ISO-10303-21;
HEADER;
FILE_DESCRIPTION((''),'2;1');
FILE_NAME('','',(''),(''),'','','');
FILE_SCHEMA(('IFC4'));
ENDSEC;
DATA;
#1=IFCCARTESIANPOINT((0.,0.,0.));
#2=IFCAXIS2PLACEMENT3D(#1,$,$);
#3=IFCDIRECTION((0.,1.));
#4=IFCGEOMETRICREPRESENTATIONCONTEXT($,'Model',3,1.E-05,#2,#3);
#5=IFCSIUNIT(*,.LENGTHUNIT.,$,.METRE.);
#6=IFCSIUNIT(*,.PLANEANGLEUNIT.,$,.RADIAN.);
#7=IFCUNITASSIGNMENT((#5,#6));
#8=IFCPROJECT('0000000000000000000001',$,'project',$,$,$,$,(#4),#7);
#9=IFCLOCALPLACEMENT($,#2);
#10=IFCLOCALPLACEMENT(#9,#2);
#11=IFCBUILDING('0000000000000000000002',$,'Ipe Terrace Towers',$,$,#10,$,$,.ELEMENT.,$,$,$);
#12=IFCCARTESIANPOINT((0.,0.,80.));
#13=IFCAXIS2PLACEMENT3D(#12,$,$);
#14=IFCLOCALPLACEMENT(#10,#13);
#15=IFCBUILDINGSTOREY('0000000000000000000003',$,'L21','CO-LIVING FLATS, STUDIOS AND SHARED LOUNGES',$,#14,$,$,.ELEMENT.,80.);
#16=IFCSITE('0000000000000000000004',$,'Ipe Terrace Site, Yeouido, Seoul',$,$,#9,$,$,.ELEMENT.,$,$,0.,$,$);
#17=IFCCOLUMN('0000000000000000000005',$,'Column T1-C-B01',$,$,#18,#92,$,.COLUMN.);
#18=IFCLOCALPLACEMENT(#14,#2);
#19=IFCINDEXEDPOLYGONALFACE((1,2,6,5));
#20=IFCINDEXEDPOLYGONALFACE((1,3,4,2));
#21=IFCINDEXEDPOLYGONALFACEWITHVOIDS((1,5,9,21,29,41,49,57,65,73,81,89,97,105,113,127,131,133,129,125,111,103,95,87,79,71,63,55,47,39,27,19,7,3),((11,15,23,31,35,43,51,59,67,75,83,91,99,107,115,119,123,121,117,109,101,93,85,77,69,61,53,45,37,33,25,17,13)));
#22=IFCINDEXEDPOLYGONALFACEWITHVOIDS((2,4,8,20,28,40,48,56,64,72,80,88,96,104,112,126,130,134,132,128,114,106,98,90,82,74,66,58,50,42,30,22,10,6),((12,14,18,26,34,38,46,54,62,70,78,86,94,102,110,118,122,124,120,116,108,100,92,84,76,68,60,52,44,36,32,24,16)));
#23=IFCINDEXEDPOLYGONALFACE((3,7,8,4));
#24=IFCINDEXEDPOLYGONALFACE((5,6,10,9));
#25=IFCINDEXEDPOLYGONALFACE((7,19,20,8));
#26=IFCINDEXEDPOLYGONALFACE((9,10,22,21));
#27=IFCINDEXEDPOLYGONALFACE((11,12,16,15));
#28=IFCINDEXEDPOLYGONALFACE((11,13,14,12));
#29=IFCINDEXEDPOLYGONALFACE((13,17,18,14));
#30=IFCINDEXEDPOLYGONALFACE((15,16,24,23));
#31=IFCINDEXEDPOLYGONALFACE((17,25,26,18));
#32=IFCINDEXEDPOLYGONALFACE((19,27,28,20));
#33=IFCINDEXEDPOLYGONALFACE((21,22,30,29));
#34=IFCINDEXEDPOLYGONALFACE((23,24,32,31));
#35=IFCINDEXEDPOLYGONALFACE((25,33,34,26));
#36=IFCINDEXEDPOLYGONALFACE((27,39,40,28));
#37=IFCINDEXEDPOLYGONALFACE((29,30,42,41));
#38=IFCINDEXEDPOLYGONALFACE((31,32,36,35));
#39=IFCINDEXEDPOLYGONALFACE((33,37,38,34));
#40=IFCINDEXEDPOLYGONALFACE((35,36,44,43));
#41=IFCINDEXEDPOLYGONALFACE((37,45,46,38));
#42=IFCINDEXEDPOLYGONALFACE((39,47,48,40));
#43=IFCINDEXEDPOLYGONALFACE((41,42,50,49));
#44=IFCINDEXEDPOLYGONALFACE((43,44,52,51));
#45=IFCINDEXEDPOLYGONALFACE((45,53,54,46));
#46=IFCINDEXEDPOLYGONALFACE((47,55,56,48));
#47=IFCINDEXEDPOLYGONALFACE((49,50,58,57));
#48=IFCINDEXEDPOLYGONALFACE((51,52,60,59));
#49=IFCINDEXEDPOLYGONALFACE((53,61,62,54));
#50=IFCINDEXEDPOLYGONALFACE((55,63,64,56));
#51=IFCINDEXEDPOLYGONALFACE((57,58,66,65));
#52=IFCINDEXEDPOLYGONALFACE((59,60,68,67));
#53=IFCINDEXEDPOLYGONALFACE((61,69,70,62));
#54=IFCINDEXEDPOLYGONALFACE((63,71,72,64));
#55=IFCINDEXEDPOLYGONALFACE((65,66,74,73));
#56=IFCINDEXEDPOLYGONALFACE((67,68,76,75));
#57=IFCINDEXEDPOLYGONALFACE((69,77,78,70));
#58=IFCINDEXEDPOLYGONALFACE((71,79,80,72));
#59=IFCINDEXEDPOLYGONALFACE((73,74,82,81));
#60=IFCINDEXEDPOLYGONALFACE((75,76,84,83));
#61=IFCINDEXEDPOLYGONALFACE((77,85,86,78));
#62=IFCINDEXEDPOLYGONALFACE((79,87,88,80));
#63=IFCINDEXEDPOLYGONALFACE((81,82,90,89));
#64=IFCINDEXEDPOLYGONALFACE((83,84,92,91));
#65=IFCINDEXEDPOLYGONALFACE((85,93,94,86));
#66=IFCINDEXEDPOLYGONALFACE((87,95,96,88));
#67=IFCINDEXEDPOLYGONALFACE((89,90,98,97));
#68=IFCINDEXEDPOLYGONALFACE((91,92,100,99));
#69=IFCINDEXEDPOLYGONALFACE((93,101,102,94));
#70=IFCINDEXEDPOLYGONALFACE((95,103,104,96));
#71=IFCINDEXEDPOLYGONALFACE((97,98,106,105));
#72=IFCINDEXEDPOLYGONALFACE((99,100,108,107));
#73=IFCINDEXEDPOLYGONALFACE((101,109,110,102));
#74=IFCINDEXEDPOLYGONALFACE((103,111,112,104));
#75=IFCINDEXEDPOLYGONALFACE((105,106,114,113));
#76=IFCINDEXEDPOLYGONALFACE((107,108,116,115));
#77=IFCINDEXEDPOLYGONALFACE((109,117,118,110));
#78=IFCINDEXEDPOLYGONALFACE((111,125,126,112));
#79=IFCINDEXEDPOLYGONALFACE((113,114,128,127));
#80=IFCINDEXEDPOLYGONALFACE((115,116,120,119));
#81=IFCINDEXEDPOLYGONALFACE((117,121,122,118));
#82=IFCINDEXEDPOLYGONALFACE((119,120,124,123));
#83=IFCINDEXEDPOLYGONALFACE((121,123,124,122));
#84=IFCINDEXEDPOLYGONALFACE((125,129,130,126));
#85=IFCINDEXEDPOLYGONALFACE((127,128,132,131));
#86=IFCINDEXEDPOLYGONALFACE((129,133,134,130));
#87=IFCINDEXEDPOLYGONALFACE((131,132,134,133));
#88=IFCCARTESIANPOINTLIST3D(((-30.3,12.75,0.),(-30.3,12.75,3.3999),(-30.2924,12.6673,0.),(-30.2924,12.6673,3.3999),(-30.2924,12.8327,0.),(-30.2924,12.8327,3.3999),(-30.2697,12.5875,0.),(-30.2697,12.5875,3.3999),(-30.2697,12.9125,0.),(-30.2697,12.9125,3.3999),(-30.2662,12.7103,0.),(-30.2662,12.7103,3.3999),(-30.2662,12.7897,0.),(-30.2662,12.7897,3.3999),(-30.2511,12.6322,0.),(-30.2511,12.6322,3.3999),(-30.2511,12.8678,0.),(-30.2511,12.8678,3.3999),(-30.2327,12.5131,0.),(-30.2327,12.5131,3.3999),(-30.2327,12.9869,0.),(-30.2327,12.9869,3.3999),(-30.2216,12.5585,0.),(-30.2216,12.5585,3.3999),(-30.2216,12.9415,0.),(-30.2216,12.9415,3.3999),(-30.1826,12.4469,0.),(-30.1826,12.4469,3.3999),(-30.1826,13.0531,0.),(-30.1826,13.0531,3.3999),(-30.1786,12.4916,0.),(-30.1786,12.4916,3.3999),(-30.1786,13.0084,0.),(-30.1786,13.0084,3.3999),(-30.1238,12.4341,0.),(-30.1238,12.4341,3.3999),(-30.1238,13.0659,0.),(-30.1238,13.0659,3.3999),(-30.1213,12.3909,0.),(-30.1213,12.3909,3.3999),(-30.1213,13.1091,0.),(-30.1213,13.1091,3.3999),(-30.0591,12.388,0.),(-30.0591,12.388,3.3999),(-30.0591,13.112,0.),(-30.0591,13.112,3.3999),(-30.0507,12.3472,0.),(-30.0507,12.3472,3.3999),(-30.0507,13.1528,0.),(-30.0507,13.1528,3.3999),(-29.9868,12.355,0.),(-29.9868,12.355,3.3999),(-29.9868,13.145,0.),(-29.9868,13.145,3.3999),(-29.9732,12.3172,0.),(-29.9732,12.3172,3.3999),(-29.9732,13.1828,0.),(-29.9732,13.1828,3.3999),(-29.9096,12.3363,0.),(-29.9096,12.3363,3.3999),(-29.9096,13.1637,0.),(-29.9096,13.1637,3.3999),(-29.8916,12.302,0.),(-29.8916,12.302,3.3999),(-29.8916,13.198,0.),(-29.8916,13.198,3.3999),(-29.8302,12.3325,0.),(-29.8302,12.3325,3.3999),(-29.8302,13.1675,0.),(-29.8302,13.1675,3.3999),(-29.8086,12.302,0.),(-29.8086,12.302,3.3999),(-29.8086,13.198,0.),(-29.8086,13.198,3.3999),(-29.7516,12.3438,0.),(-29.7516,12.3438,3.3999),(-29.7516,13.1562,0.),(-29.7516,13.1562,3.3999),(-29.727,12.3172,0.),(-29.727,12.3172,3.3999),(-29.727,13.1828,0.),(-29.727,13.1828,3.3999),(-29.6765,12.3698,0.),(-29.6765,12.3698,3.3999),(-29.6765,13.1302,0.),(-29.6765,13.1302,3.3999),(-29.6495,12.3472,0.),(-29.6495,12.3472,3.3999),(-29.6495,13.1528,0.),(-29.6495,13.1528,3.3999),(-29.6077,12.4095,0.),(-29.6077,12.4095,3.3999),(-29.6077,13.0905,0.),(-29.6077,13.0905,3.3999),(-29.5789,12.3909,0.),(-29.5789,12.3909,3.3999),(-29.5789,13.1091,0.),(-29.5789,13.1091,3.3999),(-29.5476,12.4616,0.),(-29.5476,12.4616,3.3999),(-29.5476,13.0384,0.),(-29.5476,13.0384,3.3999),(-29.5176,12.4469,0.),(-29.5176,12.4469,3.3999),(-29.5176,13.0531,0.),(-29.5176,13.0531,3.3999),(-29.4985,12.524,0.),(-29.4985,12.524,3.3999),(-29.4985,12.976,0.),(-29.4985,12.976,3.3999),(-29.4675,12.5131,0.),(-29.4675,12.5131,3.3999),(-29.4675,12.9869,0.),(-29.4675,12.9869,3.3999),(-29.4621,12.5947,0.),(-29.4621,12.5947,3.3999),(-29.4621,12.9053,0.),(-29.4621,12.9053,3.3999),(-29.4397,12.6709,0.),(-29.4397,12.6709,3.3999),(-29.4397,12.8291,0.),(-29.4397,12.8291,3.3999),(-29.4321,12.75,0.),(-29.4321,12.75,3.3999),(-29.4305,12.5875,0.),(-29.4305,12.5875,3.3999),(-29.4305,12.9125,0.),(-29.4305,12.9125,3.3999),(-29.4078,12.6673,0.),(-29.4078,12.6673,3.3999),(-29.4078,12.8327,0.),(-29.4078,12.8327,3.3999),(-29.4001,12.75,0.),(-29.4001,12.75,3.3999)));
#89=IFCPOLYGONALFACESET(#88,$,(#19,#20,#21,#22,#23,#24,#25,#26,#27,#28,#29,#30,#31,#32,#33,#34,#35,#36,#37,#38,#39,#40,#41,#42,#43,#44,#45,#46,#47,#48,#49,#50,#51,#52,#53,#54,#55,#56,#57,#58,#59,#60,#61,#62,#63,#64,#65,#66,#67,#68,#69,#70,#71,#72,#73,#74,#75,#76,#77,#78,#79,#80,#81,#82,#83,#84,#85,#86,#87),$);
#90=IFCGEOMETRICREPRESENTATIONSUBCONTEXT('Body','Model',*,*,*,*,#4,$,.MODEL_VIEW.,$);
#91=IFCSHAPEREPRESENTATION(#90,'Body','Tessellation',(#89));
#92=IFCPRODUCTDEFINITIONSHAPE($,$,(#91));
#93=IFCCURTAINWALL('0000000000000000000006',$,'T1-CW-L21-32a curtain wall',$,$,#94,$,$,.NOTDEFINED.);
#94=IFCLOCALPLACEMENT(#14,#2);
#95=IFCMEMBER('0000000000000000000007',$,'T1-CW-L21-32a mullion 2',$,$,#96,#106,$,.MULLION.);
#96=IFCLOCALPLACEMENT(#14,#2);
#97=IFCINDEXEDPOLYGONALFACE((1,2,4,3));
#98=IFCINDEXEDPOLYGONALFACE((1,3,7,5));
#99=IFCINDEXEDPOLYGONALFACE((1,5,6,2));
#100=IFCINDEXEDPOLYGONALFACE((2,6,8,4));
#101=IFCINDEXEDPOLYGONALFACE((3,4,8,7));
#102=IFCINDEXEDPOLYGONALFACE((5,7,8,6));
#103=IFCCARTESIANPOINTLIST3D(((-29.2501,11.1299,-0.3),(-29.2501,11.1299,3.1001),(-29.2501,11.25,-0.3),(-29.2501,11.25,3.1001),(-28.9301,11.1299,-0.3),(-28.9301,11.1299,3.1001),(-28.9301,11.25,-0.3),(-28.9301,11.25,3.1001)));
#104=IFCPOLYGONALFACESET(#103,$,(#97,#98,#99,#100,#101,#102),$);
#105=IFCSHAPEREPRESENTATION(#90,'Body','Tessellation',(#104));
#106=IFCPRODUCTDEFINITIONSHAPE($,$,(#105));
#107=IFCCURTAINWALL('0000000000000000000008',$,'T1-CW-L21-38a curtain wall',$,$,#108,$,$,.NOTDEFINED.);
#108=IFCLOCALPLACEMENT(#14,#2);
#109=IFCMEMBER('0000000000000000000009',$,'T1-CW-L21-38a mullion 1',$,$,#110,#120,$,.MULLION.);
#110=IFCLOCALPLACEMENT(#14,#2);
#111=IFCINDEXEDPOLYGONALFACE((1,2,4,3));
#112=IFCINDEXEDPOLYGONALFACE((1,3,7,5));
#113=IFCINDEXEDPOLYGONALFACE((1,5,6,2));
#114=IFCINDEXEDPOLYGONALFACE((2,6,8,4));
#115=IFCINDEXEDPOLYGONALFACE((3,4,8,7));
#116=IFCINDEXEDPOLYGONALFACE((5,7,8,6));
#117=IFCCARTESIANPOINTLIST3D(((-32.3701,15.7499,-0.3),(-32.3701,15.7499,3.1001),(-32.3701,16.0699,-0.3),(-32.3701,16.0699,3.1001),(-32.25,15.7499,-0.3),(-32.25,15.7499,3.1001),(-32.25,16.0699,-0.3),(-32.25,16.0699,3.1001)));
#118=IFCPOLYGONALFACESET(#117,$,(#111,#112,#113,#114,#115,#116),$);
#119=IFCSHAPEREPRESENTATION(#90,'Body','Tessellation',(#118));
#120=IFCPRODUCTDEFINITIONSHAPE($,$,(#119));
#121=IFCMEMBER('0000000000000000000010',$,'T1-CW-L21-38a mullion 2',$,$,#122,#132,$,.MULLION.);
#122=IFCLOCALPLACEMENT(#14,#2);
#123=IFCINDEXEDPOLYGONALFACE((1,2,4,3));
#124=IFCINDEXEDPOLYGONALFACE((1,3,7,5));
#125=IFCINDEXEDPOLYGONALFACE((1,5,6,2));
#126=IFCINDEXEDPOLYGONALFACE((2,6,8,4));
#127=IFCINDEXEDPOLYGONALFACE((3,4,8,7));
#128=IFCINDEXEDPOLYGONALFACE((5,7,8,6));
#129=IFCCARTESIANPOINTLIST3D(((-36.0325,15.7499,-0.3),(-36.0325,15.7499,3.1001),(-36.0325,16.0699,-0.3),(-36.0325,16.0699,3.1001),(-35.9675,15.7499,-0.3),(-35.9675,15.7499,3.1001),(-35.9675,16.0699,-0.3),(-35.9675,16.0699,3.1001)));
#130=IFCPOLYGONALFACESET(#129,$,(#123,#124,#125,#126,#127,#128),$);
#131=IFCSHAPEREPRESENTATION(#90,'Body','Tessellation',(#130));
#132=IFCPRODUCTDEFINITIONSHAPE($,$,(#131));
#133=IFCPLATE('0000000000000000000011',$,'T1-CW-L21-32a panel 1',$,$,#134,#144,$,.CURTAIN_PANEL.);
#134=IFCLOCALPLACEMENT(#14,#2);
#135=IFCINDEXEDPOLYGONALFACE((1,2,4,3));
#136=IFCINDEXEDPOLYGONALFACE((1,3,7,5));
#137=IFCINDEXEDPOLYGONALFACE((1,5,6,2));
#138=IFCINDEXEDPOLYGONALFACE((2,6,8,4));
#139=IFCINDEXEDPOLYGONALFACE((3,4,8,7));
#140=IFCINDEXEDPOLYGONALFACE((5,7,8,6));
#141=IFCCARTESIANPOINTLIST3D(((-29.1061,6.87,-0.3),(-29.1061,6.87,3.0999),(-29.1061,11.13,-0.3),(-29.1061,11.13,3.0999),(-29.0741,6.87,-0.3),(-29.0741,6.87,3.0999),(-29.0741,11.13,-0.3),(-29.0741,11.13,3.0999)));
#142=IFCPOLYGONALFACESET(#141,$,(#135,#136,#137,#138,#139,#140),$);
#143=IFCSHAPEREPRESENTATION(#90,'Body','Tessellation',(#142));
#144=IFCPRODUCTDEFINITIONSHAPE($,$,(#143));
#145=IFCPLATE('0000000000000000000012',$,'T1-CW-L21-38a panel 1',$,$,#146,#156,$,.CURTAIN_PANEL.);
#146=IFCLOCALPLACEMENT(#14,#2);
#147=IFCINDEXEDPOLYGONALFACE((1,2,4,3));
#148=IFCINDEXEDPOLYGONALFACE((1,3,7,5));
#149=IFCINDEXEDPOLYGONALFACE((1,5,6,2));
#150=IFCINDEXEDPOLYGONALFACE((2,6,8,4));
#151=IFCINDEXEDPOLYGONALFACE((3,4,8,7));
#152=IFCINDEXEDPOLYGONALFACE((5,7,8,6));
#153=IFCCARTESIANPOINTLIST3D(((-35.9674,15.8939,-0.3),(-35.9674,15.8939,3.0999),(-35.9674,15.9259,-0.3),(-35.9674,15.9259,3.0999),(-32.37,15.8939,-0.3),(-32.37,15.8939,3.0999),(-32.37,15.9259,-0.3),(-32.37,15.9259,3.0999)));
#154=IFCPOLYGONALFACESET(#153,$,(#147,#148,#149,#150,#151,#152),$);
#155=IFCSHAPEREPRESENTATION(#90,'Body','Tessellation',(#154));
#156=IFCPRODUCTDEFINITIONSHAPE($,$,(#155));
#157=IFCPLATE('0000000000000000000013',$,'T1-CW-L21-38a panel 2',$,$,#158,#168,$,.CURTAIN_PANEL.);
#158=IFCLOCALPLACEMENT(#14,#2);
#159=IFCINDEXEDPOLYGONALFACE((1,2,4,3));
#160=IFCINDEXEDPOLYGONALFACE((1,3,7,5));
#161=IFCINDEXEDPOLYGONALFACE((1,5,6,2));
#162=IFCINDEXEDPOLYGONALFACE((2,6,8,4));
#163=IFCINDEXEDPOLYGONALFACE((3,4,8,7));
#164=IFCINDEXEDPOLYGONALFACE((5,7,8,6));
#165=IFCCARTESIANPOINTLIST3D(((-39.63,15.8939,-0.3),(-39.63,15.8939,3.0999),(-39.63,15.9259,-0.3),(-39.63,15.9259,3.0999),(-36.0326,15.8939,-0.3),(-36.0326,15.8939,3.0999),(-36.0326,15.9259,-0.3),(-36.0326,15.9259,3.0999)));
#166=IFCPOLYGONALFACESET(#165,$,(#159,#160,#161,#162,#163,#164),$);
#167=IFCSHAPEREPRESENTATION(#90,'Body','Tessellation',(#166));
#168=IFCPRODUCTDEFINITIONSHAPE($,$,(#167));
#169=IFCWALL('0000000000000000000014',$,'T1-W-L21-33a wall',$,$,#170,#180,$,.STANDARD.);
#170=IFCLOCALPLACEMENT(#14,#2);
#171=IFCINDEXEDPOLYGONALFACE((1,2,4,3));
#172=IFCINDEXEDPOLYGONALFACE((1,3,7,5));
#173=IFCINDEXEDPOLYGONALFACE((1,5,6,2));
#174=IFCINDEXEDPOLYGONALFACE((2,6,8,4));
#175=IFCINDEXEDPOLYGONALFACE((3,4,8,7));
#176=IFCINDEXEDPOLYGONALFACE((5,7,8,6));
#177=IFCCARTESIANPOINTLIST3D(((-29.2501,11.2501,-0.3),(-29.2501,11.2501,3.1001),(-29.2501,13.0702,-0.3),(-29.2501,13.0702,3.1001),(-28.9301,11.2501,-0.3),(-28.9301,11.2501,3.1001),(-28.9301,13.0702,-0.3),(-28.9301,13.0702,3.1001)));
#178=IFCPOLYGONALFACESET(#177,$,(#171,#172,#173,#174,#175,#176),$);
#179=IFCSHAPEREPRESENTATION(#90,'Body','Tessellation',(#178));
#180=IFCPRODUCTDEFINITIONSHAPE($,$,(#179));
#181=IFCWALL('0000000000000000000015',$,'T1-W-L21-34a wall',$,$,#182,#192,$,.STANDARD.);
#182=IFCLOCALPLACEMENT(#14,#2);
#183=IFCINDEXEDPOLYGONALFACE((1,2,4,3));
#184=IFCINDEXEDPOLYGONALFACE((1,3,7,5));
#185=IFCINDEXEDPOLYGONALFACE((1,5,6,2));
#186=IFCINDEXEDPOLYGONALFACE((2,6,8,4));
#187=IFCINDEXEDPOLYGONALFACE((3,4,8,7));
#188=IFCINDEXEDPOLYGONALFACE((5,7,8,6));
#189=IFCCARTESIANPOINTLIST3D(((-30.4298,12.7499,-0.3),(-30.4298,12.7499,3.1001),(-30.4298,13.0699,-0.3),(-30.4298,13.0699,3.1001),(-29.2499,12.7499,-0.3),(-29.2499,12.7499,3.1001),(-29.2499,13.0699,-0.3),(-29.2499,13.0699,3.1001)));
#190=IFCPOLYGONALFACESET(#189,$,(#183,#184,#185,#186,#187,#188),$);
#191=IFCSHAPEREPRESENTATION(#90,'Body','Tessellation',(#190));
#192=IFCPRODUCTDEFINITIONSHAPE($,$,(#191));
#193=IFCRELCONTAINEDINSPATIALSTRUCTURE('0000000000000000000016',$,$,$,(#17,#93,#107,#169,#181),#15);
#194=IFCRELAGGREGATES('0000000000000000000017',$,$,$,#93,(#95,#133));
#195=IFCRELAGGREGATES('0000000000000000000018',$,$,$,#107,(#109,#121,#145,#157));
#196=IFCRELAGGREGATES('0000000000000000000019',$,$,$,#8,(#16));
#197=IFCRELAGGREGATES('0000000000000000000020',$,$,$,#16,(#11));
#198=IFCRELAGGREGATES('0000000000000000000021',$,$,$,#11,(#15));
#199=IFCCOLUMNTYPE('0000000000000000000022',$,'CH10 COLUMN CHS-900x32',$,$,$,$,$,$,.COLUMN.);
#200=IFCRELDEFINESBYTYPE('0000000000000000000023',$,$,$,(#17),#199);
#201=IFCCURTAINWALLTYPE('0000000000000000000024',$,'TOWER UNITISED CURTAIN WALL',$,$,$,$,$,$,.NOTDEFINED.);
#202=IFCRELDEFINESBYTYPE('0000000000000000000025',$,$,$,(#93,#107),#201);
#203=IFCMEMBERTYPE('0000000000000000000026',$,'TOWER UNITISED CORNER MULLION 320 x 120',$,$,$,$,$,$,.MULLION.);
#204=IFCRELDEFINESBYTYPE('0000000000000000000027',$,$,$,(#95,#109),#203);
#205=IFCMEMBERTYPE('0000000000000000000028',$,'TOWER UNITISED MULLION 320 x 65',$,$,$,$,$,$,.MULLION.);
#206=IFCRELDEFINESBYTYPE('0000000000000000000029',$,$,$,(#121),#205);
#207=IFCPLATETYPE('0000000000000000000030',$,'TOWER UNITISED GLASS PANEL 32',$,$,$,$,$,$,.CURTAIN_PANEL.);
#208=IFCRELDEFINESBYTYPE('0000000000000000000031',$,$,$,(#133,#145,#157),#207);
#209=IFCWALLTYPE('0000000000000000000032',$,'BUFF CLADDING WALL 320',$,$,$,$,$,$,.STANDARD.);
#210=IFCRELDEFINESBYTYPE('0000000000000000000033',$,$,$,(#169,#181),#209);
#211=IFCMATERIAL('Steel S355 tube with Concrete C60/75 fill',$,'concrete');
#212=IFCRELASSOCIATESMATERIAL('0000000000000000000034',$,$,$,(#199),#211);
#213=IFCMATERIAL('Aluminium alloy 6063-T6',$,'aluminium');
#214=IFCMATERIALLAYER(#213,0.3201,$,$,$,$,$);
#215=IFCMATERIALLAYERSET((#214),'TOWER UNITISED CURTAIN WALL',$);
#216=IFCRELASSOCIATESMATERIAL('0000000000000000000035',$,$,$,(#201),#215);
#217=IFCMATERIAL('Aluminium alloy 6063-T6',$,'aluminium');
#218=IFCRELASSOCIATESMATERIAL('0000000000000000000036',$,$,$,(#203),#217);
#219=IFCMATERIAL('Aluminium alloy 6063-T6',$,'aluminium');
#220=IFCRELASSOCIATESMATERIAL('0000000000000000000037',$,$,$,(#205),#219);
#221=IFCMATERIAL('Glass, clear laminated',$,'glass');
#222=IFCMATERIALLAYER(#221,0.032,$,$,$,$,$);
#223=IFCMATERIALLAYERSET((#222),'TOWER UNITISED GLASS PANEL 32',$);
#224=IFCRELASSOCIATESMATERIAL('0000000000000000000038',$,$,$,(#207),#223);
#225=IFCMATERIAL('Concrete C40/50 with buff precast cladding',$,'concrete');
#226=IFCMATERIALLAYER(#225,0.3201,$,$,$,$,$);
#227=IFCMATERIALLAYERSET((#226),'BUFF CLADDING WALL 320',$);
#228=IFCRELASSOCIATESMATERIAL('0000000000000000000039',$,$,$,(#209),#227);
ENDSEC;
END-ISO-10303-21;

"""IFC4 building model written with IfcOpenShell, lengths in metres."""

from ifc_helpers import new_model, si_unit, direction, frame, frame_2d, origin, origin_2d, place, context, subcontext, project, spatial, rectangle, hollow_circle, extrude, material, layer, layer_set, material_profile, profile_set, type_object, element, aggregate, save


model = new_model("IFC4")

# Units and contexts
model_context = context("Model", 3, precision=1e-05, world=origin(), true_north=direction((0.0, 1.0)))
body_context = subcontext(model_context, "Body", "Model", "MODEL_VIEW")
ifc_project = project(units=[si_unit("LENGTHUNIT", "METRE"), si_unit("PLANEANGLEUNIT", "RADIAN")], contexts=[model_context])

# Site, building, storey
site_placement = place(None, origin())
site = spatial("IfcSite", under=ifc_project, at=site_placement, Name="Ipe Terrace Site, Yeouido, Seoul", CompositionType="ELEMENT", RefElevation=0.0)
building_placement = place(site_placement, origin())
building = spatial("IfcBuilding", under=site, at=building_placement, Name="Ipe Terrace Towers", CompositionType="ELEMENT")
storey_placement = place(building_placement, frame((0.0, 0.0, 80.0)))
storey = spatial("IfcBuildingStorey", under=building, at=storey_placement, Name="L21", Description="CO-LIVING FLATS, STUDIOS AND SHARED LOUNGES", CompositionType="ELEMENT", Elevation=80.0)

# Column
ifc_material_1 = material(Name="Steel S355 tube with Concrete C60/75 fill", Category="concrete")
ifc_material_profile_1 = material_profile(ifc_material_1, hollow_circle(Radius=0.45, WallThickness=0.032, at=origin_2d()), Name="CHS-900x32")
ifc_profile_set_1 = profile_set([ifc_material_profile_1], Name="Steel S355 tube with Concrete C60/75 fill")
column_type = type_object("IfcColumnType", Name="CH10 COLUMN CHS-900x32", PredefinedType="COLUMN", material=ifc_profile_set_1)
column_placement = place(storey_placement, frame((-29.8501, 12.75, 0.0), z_axis=(0.0, 0.0, 1.0), x_axis=(1.0, 0.0, 0.0)))
element("IfcColumn", 1, at=column_placement, inside=storey, type_object=column_type, Name="Column T1-C-B01", PredefinedType="COLUMN", context=body_context, shape_type="SweptSolid", body=[
    extrude(hollow_circle(Radius=0.45, WallThickness=0.032, at=origin_2d()), origin(), (0.0, 0.0, 1.0), 3.3999),
])

# Curtain wall, member
ifc_material_2 = material(Name="Aluminium alloy 6063-T6", Category="aluminium")
ifc_layer_1 = layer(ifc_material_2, 0.3201)
ifc_layer_set_1 = layer_set([ifc_layer_1], Name="TOWER UNITISED CURTAIN WALL")
curtain_wall_type = type_object("IfcCurtainWallType", Name="TOWER UNITISED CURTAIN WALL", PredefinedType="NOTDEFINED", material=ifc_layer_set_1)
curtain_wall_1_placement = place(storey_placement, origin())
curtain_wall_1 = element("IfcCurtainWall", 2, at=curtain_wall_1_placement, inside=storey, type_object=curtain_wall_type, Name="T1-CW-L21-32a curtain wall", PredefinedType="NOTDEFINED")
ifc_material_3 = material(Name="Aluminium alloy 6063-T6", Category="aluminium")
ifc_material_profile_2 = material_profile(ifc_material_3, rectangle(XDim=0.3201, YDim=0.1201, at=origin_2d()), Name="TOWER UNITISED CORNER MULLION 320 x 120")
ifc_profile_set_2 = profile_set([ifc_material_profile_2], Name="Aluminium alloy 6063-T6")
member_type_1 = type_object("IfcMemberType", Name="TOWER UNITISED CORNER MULLION 320 x 120", PredefinedType="MULLION", material=ifc_profile_set_2)
member_1_placement = place(storey_placement, frame((-29.0901, 11.1899, -0.3), z_axis=(0.0, 0.0, 1.0), x_axis=(1.0, 0.0, 0.0)))
member_1 = element("IfcMember", 3, at=member_1_placement, type_object=member_type_1, Name="T1-CW-L21-32a mullion 2", PredefinedType="MULLION", context=body_context, shape_type="SweptSolid", body=[
    extrude(rectangle(XDim=0.3201, YDim=0.1201, at=origin_2d()), origin(), (0.0, 0.0, 1.0), 3.4001),
])

# Curtain wall, members
curtain_wall_2_placement = place(storey_placement, origin())
curtain_wall_2 = element("IfcCurtainWall", 4, at=curtain_wall_2_placement, inside=storey, type_object=curtain_wall_type, Name="T1-CW-L21-38a curtain wall", PredefinedType="NOTDEFINED")
member_2_placement = place(storey_placement, frame((-32.3101, 15.9099, -0.3), z_axis=(0.0, 0.0, 1.0), x_axis=(0.0, 1.0, 0.0)))
member_2 = element("IfcMember", 5, at=member_2_placement, type_object=member_type_1, Name="T1-CW-L21-38a mullion 1", PredefinedType="MULLION", context=body_context, shape_type="SweptSolid", body=[
    extrude(rectangle(XDim=0.3201, YDim=0.1201, at=origin_2d()), origin(), (0.0, 0.0, 1.0), 3.4001),
])
ifc_material_4 = material(Name="Aluminium alloy 6063-T6", Category="aluminium")
ifc_material_profile_3 = material_profile(ifc_material_4, rectangle(XDim=0.3201, YDim=0.0649, at=origin_2d()), Name="TOWER UNITISED MULLION 320 x 65")
ifc_profile_set_3 = profile_set([ifc_material_profile_3], Name="Aluminium alloy 6063-T6")
member_type_2 = type_object("IfcMemberType", Name="TOWER UNITISED MULLION 320 x 65", PredefinedType="MULLION", material=ifc_profile_set_3)
member_3_placement = place(storey_placement, frame((-36.0, 15.9099, -0.3), z_axis=(0.0, 0.0, 1.0), x_axis=(0.0, 1.0, 0.0)))
member_3 = element("IfcMember", 6, at=member_3_placement, type_object=member_type_2, Name="T1-CW-L21-38a mullion 2", PredefinedType="MULLION", context=body_context, shape_type="SweptSolid", body=[
    extrude(rectangle(XDim=0.3201, YDim=0.0649, at=origin_2d()), origin(), (0.0, 0.0, 1.0), 3.4001),
])

# Plates
ifc_material_5 = material(Name="Glass, clear laminated", Category="glass")
ifc_layer_2 = layer(ifc_material_5, 0.032)
ifc_layer_set_2 = layer_set([ifc_layer_2], Name="TOWER UNITISED GLASS PANEL 32")
plate_type = type_object("IfcPlateType", Name="TOWER UNITISED GLASS PANEL 32", PredefinedType="CURTAIN_PANEL", material=ifc_layer_set_2)
plate_1_placement = place(storey_placement, frame((-29.0901, 9.0, -0.3), z_axis=(0.0, 0.0, 1.0), x_axis=(0.0, 1.0, 0.0)))
plate_1 = element("IfcPlate", 7, at=plate_1_placement, type_object=plate_type, Name="T1-CW-L21-32a panel 1", PredefinedType="CURTAIN_PANEL", context=body_context, shape_type="SweptSolid", body=[
    extrude(rectangle(XDim=4.26, YDim=0.032, at=origin_2d()), origin(), (0.0, 0.0, 1.0), 3.3999),
])
aggregate(curtain_wall_1, [member_1, plate_1])
plate_2_placement = place(storey_placement, frame((-34.1687, 15.9099, -0.3), z_axis=(0.0, 0.0, 1.0), x_axis=(-1.0, 0.0, 0.0)))
plate_2 = element("IfcPlate", 8, at=plate_2_placement, type_object=plate_type, Name="T1-CW-L21-38a panel 1", PredefinedType="CURTAIN_PANEL", context=body_context, shape_type="SweptSolid", body=[
    extrude(rectangle(XDim=3.5974, YDim=0.032, at=origin_2d()), origin(), (0.0, 0.0, 1.0), 3.3999),
])
plate_3_placement = place(storey_placement, frame((-37.8313, 15.9099, -0.3), z_axis=(0.0, 0.0, 1.0), x_axis=(-1.0, 0.0, 0.0)))
plate_3 = element("IfcPlate", 9, at=plate_3_placement, type_object=plate_type, Name="T1-CW-L21-38a panel 2", PredefinedType="CURTAIN_PANEL", context=body_context, shape_type="SweptSolid", body=[
    extrude(rectangle(XDim=3.5974, YDim=0.032, at=origin_2d()), origin(), (0.0, 0.0, 1.0), 3.3999),
])
aggregate(curtain_wall_2, [member_2, member_3, plate_2, plate_3])

# Walls
ifc_material_6 = material(Name="Concrete C40/50 with buff precast cladding", Category="concrete")
ifc_layer_3 = layer(ifc_material_6, 0.3201)
ifc_layer_set_3 = layer_set([ifc_layer_3], Name="BUFF CLADDING WALL 320")
wall_type = type_object("IfcWallType", Name="BUFF CLADDING WALL 320", PredefinedType="STANDARD", material=ifc_layer_set_3)
wall_1_placement = place(storey_placement, frame((-29.0901, 11.25, -0.3), z_axis=(0.0, 0.0, 1.0), x_axis=(0.0, 1.0, 0.0)))
element("IfcWall", 10, at=wall_1_placement, inside=storey, type_object=wall_type, Name="T1-W-L21-33a wall", PredefinedType="STANDARD", context=body_context, shape_type="SweptSolid", body=[
    extrude(rectangle(XDim=1.8201, YDim=0.3201, at=frame_2d((0.9102, 0.0))), origin(), (0.0, 0.0, 1.0), 3.4001),
])
wall_2_placement = place(storey_placement, frame((-29.25, 12.9099, -0.3), z_axis=(0.0, 0.0, 1.0), x_axis=(-1.0, 0.0, 0.0)))
element("IfcWall", 11, at=wall_2_placement, inside=storey, type_object=wall_type, Name="T1-W-L21-34a wall", PredefinedType="STANDARD", context=body_context, shape_type="SweptSolid", body=[
    extrude(rectangle(XDim=1.1799, YDim=0.3201, at=frame_2d((0.5898, 0.0))), origin(), (0.0, 0.0, 1.0), 3.4001),
])

save(model, "model.ifc")
